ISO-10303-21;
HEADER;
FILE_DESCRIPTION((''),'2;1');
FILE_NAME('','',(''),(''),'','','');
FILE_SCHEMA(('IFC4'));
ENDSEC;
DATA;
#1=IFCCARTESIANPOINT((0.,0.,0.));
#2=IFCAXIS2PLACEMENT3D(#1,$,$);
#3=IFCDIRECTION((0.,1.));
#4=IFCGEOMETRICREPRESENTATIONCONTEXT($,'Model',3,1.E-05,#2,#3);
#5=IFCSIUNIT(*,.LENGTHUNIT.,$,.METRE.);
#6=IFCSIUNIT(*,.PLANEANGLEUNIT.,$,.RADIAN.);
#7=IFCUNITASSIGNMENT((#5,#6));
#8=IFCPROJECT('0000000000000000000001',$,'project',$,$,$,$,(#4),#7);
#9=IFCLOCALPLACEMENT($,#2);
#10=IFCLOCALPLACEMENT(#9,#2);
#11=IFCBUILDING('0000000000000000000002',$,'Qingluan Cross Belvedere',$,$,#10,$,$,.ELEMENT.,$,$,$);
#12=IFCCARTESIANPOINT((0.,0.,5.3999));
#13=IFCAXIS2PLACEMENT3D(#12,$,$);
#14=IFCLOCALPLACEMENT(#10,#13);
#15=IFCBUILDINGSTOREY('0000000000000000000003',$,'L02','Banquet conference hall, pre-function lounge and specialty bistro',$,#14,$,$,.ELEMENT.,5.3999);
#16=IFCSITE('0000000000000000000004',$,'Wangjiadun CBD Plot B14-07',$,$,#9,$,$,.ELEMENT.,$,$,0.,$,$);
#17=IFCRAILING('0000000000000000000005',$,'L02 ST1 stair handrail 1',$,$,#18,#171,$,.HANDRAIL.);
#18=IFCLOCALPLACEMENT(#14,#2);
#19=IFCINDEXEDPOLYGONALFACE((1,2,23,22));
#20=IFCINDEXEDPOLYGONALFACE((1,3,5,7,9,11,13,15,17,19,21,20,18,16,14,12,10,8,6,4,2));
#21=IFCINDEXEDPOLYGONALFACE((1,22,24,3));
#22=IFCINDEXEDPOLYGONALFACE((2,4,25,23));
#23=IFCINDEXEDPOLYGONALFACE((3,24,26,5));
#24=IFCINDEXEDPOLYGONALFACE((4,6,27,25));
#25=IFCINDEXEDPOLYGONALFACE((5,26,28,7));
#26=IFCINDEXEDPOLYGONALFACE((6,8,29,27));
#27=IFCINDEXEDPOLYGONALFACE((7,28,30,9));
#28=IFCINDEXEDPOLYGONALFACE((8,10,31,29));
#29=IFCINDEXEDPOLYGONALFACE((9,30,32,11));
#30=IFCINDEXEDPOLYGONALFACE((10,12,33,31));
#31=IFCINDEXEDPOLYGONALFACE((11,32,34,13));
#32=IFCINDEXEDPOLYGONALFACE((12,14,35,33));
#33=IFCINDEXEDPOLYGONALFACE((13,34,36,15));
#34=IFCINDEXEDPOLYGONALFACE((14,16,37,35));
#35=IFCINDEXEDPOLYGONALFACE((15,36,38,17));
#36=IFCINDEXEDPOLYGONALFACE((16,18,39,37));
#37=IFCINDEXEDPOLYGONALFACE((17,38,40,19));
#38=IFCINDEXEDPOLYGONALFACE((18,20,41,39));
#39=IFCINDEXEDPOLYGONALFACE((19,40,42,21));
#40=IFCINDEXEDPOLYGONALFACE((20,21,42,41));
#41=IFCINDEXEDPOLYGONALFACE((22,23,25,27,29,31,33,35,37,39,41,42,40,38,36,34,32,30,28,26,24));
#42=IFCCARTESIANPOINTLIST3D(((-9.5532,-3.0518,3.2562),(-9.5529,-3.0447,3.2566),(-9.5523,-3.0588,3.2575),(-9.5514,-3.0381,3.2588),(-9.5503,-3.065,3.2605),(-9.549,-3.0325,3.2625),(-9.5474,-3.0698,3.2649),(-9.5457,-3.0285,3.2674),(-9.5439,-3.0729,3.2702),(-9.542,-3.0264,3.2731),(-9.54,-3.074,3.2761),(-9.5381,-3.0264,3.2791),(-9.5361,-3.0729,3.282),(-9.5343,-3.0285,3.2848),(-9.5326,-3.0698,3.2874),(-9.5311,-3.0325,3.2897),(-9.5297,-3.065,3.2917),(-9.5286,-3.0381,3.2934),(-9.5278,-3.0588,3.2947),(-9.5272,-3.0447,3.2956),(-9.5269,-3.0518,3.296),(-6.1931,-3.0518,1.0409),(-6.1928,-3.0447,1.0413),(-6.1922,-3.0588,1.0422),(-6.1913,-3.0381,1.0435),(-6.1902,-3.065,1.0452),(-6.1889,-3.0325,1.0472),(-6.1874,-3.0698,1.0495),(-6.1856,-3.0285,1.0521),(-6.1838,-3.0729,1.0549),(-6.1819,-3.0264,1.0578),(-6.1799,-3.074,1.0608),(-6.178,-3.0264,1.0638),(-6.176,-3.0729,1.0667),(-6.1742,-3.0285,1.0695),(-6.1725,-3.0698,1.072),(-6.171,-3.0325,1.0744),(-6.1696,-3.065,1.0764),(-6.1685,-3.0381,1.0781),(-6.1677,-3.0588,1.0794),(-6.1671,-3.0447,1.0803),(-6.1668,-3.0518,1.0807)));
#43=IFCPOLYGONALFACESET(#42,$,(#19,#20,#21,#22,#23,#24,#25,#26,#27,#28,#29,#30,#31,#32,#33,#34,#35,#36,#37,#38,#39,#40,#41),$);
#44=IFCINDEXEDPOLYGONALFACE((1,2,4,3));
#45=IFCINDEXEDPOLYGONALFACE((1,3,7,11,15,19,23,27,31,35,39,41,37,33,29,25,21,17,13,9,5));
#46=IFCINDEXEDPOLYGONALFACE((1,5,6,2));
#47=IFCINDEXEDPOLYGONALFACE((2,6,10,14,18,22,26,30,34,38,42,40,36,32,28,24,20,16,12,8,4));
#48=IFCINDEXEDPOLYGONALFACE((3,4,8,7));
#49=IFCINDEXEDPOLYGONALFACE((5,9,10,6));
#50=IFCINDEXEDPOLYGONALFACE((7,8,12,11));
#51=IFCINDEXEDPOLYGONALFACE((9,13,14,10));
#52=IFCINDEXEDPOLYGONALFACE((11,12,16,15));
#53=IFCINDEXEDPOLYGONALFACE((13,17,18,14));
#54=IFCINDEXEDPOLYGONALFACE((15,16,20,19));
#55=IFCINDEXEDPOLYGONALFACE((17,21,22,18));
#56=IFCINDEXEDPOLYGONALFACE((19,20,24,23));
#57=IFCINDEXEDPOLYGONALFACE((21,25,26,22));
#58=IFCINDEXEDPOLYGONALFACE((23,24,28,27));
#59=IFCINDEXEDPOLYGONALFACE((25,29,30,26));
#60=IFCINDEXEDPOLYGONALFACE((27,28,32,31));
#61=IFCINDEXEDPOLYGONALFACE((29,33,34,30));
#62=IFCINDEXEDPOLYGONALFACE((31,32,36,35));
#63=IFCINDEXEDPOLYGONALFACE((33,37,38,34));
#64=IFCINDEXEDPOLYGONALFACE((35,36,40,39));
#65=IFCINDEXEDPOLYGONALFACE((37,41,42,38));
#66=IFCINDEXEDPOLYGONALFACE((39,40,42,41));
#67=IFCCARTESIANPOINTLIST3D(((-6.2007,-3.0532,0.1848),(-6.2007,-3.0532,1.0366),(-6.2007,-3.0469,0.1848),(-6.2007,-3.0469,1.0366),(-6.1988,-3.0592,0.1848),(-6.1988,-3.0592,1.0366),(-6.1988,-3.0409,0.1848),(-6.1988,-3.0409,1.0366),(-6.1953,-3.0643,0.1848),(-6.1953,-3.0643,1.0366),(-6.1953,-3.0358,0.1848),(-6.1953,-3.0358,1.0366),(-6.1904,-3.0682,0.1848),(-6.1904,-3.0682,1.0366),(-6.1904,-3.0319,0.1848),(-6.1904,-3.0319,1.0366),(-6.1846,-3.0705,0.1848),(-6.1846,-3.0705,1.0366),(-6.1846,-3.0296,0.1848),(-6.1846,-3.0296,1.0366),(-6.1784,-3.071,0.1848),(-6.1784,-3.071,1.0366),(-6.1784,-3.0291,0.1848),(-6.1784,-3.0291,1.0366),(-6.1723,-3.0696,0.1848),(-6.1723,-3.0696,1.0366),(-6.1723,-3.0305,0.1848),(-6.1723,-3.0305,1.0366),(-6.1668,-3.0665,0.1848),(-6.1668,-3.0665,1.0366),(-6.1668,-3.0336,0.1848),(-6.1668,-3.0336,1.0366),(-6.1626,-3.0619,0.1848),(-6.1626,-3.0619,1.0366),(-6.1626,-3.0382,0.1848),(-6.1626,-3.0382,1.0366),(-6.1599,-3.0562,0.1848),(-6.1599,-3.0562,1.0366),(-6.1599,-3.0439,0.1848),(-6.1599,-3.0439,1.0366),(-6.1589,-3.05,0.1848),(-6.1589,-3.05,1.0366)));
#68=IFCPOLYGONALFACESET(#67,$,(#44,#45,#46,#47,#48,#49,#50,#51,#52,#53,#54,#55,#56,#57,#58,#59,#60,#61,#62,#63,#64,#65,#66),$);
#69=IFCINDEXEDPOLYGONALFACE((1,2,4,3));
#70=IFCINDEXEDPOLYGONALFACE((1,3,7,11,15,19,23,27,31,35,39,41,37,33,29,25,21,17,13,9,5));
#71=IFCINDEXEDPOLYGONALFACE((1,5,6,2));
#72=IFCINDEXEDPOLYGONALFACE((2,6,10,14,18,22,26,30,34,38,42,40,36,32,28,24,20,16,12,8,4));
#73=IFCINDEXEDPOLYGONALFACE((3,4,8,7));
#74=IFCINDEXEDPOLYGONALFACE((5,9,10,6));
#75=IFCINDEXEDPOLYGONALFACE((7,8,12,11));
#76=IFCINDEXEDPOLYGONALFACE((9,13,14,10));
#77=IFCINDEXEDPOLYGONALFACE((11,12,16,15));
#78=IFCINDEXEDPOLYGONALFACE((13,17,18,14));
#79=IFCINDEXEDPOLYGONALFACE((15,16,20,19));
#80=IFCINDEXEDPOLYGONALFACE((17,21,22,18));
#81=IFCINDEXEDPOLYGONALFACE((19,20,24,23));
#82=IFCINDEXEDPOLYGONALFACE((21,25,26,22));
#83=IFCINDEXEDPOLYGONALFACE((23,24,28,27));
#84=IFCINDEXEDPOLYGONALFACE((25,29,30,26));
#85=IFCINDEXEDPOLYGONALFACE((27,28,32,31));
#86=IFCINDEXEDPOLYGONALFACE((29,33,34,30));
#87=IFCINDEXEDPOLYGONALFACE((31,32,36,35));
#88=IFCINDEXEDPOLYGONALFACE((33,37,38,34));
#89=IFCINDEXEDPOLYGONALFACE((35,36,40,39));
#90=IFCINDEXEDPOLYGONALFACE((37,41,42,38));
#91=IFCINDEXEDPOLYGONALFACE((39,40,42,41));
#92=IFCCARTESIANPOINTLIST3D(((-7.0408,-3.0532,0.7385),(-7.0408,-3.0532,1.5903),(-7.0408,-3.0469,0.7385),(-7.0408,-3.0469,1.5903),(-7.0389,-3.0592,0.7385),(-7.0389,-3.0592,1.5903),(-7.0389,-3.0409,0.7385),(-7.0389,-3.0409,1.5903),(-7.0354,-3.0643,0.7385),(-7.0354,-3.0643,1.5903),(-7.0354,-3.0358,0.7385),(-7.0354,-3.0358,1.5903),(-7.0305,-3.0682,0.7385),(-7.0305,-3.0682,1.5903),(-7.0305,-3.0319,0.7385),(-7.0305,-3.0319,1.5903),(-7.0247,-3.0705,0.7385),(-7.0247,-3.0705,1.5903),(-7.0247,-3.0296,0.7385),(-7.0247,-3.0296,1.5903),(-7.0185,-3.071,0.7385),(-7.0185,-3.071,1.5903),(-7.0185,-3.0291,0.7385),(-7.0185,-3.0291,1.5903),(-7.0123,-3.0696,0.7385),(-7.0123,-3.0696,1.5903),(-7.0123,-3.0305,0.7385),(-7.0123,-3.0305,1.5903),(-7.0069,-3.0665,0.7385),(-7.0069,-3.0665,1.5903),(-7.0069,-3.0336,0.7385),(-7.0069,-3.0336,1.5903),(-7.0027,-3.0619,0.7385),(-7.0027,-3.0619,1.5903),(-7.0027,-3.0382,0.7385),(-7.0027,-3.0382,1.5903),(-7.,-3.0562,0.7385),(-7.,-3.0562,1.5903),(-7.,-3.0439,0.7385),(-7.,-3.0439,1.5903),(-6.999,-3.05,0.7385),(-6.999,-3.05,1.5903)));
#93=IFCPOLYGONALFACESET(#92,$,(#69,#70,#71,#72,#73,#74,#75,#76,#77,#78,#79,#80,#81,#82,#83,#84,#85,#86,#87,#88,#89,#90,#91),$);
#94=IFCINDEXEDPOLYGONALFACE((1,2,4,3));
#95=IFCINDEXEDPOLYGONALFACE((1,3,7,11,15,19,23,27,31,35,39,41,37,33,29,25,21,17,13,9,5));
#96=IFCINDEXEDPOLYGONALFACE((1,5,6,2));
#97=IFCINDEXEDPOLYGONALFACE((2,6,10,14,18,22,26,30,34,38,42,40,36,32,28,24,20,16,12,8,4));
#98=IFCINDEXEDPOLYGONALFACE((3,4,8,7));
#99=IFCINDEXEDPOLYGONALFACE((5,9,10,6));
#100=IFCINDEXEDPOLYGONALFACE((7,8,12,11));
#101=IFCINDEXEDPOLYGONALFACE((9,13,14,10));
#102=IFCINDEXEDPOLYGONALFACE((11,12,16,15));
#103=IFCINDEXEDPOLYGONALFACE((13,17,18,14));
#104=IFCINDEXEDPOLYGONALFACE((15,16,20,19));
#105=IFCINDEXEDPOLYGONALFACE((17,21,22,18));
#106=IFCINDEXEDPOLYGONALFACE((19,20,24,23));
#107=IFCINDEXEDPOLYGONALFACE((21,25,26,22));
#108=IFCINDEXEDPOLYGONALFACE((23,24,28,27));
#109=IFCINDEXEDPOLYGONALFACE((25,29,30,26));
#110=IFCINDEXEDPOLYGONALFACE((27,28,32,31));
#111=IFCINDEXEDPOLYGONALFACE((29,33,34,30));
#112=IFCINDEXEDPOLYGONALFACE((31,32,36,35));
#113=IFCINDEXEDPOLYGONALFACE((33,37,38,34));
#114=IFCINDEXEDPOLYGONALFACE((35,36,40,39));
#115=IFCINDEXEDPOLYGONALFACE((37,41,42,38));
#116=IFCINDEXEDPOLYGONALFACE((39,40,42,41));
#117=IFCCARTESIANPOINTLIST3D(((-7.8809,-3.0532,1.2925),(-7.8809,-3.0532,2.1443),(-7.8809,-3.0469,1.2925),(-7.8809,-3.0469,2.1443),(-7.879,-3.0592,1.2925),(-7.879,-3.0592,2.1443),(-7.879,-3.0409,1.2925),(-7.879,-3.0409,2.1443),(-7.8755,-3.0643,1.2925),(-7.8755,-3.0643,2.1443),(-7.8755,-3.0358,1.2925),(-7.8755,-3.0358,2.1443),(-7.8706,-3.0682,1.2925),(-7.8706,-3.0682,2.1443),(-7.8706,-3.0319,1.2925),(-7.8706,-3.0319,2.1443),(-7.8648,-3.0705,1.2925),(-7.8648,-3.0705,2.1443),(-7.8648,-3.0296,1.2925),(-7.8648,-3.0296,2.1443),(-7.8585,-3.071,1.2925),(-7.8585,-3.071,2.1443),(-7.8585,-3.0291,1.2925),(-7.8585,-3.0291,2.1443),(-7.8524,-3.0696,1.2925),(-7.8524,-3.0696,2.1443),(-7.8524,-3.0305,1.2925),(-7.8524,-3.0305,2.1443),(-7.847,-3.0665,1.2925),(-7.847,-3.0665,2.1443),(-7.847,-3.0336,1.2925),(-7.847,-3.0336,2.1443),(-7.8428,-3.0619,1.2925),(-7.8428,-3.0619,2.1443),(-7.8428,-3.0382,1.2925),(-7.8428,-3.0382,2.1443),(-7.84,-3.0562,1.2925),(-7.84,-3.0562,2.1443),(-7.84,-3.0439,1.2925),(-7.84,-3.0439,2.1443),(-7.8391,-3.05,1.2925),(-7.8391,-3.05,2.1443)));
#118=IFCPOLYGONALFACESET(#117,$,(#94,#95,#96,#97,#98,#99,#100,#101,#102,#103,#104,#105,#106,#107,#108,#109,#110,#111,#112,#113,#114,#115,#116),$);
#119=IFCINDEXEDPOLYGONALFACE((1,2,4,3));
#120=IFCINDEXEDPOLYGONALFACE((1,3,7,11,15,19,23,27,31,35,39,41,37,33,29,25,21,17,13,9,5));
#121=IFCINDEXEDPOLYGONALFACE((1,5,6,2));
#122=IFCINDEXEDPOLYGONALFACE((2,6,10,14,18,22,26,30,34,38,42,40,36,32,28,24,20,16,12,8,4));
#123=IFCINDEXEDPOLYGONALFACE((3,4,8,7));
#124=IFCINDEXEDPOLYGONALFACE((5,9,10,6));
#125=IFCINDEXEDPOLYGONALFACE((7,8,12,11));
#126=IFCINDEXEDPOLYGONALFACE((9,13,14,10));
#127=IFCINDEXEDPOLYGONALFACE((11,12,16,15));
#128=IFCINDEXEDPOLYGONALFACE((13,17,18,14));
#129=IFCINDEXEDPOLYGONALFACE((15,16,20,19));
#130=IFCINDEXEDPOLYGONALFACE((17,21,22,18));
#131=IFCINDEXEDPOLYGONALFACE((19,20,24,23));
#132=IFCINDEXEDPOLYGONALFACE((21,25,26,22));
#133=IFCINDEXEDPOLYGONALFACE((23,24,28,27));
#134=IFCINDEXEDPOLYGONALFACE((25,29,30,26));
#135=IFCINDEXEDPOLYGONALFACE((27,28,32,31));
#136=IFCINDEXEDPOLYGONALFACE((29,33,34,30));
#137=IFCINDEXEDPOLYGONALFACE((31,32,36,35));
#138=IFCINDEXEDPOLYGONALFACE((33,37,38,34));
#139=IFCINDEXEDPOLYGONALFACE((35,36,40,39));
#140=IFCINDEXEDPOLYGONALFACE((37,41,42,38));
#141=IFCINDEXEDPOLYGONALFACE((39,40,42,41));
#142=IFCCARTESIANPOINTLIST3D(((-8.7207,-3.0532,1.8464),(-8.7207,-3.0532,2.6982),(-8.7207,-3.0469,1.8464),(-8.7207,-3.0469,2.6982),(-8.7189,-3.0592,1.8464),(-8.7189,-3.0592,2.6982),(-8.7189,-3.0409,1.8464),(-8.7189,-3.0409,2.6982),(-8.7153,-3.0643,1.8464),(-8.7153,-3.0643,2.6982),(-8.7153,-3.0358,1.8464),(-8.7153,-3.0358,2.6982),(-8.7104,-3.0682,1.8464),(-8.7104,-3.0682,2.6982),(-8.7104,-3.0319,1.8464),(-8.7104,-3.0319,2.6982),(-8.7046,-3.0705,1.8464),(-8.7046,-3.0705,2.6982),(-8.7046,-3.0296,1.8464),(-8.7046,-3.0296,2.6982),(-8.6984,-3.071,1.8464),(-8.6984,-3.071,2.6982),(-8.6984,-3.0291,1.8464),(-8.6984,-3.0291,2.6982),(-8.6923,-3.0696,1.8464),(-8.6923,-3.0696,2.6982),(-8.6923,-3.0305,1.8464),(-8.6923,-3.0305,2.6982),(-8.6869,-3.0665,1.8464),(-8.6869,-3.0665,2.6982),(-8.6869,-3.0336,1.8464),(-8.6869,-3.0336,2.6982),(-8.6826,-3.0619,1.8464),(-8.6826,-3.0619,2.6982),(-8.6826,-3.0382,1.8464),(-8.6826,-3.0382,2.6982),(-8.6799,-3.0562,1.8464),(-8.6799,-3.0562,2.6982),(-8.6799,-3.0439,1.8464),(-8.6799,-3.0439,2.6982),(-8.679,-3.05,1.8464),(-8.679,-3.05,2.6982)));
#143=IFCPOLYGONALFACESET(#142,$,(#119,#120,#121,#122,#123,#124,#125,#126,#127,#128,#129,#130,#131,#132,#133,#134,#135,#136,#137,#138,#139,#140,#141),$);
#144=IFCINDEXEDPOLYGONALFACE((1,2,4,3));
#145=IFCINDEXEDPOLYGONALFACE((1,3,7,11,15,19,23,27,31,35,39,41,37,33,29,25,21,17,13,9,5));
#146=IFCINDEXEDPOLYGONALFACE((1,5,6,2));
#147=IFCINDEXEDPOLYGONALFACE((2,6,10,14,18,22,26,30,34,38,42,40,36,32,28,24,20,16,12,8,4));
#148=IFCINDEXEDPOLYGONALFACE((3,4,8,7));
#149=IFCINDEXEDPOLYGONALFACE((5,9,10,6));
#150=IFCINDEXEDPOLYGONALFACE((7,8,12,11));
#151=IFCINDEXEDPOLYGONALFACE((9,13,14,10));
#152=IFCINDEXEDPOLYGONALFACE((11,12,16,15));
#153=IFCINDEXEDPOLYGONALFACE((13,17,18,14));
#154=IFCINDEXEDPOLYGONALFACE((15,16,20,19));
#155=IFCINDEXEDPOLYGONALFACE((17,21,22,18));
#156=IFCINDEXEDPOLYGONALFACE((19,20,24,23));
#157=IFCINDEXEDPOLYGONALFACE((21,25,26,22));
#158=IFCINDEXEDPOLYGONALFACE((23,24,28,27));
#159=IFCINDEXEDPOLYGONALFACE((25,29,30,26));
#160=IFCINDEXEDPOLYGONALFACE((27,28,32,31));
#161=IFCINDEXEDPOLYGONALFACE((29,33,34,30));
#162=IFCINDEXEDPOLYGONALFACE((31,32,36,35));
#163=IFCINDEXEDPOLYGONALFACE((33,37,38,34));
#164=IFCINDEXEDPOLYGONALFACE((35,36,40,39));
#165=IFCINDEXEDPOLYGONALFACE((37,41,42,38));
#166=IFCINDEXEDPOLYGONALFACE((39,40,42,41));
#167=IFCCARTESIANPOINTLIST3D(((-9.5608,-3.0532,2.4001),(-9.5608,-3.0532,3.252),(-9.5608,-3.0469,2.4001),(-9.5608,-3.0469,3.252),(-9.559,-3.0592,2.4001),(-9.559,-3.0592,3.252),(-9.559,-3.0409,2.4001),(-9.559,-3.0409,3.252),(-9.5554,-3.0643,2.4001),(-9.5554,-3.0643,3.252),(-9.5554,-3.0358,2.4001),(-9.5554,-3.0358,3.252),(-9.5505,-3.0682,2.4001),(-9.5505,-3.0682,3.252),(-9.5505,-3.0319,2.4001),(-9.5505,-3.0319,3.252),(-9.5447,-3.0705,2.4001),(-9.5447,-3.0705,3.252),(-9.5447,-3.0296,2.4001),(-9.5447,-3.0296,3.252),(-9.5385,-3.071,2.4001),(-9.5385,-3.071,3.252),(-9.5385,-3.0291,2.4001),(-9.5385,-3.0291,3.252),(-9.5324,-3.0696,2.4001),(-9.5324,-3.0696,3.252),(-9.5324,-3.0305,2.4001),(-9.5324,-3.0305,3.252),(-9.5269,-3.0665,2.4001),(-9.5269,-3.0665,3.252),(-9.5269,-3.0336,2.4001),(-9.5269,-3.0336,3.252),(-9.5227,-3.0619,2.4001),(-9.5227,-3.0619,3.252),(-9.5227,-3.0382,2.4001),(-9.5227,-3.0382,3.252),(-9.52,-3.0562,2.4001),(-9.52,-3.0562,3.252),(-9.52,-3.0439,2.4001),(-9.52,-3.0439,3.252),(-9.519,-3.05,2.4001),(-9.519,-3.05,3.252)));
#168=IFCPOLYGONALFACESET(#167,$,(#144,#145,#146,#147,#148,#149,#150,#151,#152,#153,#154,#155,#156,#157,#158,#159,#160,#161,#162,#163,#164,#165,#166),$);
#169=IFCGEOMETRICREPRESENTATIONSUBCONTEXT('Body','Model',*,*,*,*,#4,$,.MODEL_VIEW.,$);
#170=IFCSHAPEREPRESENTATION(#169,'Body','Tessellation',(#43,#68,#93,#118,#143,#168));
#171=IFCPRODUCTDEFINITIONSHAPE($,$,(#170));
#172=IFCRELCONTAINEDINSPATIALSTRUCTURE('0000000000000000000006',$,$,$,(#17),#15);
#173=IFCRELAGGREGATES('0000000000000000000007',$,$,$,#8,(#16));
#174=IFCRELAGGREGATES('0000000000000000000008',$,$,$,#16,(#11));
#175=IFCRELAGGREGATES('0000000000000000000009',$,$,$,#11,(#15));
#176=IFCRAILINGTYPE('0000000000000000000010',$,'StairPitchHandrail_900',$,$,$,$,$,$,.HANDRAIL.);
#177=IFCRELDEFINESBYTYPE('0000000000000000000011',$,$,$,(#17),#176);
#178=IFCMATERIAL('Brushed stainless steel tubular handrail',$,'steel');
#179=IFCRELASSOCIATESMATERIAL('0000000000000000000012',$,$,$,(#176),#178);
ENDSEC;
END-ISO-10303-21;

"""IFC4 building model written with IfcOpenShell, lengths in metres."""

from ifc_helpers import new_model, si_unit, direction, frame, origin, origin_2d, place, context, subcontext, project, spatial, circle, extrude, material, type_object, element, save


model = new_model("IFC4")

# Units and contexts
model_context = context("Model", 3, precision=1e-05, world=origin(), true_north=direction((0.0, 1.0)))
body_context = subcontext(model_context, "Body", "Model", "MODEL_VIEW")
ifc_project = project(units=[si_unit("LENGTHUNIT", "METRE"), si_unit("PLANEANGLEUNIT", "RADIAN")], contexts=[model_context])

# Site, building, storey
site_placement = place(None, origin())
site = spatial("IfcSite", under=ifc_project, at=site_placement, Name="Wangjiadun CBD Plot B14-07", CompositionType="ELEMENT", RefElevation=0.0)
building_placement = place(site_placement, origin())
building = spatial("IfcBuilding", under=site, at=building_placement, Name="Qingluan Cross Belvedere", CompositionType="ELEMENT")
storey_placement = place(building_placement, frame((0.0, 0.0, 5.3999)))
storey = spatial("IfcBuildingStorey", under=building, at=storey_placement, Name="L02", Description="Banquet conference hall, pre-function lounge and specialty bistro", CompositionType="ELEMENT", Elevation=5.3999)

# Railing
ifc_material_1 = material(Name="Brushed stainless steel tubular handrail", Category="steel")
railing_type_1 = type_object("IfcRailingType", Name="StairPitchHandrail_900", PredefinedType="HANDRAIL", material=ifc_material_1)
railing_1_placement = place(storey_placement, frame((-6.1799, -3.05, 0.1848)))
element("IfcRailing", 1, at=railing_1_placement, inside=storey, type_object=railing_type_1, Name="L02 ST1 stair handrail 1", PredefinedType="HANDRAIL", context=body_context, shape_type="SweptSolid", body=[
    extrude(circle(Radius=0.0239, at=origin_2d()), frame((0.0, 0.0, 0.876), z_axis=(-0.834876, 0.0, 0.550437), x_axis=(0.0, -1.0, 0.0)), (0.0, 0.0, 1.0), 4.0247),
    extrude(circle(Radius=0.021, at=origin_2d()), origin(), (0.0, 0.0, 1.0), 0.8518),
    extrude(circle(Radius=0.021, at=origin_2d()), frame((-0.8401, 0.0, 0.5537)), (0.0, 0.0, 1.0), 0.8518),
    extrude(circle(Radius=0.021, at=origin_2d()), frame((-1.6802, 0.0, 1.1077)), (0.0, 0.0, 1.0), 0.8518),
    extrude(circle(Radius=0.021, at=origin_2d()), frame((-2.52, 0.0, 1.6616)), (0.0, 0.0, 1.0), 0.8518),
    extrude(circle(Radius=0.021, at=origin_2d()), frame((-3.3601, 0.0, 2.2153)), (0.0, 0.0, 1.0), 0.8518),
])

save(model, "model.ifc")
